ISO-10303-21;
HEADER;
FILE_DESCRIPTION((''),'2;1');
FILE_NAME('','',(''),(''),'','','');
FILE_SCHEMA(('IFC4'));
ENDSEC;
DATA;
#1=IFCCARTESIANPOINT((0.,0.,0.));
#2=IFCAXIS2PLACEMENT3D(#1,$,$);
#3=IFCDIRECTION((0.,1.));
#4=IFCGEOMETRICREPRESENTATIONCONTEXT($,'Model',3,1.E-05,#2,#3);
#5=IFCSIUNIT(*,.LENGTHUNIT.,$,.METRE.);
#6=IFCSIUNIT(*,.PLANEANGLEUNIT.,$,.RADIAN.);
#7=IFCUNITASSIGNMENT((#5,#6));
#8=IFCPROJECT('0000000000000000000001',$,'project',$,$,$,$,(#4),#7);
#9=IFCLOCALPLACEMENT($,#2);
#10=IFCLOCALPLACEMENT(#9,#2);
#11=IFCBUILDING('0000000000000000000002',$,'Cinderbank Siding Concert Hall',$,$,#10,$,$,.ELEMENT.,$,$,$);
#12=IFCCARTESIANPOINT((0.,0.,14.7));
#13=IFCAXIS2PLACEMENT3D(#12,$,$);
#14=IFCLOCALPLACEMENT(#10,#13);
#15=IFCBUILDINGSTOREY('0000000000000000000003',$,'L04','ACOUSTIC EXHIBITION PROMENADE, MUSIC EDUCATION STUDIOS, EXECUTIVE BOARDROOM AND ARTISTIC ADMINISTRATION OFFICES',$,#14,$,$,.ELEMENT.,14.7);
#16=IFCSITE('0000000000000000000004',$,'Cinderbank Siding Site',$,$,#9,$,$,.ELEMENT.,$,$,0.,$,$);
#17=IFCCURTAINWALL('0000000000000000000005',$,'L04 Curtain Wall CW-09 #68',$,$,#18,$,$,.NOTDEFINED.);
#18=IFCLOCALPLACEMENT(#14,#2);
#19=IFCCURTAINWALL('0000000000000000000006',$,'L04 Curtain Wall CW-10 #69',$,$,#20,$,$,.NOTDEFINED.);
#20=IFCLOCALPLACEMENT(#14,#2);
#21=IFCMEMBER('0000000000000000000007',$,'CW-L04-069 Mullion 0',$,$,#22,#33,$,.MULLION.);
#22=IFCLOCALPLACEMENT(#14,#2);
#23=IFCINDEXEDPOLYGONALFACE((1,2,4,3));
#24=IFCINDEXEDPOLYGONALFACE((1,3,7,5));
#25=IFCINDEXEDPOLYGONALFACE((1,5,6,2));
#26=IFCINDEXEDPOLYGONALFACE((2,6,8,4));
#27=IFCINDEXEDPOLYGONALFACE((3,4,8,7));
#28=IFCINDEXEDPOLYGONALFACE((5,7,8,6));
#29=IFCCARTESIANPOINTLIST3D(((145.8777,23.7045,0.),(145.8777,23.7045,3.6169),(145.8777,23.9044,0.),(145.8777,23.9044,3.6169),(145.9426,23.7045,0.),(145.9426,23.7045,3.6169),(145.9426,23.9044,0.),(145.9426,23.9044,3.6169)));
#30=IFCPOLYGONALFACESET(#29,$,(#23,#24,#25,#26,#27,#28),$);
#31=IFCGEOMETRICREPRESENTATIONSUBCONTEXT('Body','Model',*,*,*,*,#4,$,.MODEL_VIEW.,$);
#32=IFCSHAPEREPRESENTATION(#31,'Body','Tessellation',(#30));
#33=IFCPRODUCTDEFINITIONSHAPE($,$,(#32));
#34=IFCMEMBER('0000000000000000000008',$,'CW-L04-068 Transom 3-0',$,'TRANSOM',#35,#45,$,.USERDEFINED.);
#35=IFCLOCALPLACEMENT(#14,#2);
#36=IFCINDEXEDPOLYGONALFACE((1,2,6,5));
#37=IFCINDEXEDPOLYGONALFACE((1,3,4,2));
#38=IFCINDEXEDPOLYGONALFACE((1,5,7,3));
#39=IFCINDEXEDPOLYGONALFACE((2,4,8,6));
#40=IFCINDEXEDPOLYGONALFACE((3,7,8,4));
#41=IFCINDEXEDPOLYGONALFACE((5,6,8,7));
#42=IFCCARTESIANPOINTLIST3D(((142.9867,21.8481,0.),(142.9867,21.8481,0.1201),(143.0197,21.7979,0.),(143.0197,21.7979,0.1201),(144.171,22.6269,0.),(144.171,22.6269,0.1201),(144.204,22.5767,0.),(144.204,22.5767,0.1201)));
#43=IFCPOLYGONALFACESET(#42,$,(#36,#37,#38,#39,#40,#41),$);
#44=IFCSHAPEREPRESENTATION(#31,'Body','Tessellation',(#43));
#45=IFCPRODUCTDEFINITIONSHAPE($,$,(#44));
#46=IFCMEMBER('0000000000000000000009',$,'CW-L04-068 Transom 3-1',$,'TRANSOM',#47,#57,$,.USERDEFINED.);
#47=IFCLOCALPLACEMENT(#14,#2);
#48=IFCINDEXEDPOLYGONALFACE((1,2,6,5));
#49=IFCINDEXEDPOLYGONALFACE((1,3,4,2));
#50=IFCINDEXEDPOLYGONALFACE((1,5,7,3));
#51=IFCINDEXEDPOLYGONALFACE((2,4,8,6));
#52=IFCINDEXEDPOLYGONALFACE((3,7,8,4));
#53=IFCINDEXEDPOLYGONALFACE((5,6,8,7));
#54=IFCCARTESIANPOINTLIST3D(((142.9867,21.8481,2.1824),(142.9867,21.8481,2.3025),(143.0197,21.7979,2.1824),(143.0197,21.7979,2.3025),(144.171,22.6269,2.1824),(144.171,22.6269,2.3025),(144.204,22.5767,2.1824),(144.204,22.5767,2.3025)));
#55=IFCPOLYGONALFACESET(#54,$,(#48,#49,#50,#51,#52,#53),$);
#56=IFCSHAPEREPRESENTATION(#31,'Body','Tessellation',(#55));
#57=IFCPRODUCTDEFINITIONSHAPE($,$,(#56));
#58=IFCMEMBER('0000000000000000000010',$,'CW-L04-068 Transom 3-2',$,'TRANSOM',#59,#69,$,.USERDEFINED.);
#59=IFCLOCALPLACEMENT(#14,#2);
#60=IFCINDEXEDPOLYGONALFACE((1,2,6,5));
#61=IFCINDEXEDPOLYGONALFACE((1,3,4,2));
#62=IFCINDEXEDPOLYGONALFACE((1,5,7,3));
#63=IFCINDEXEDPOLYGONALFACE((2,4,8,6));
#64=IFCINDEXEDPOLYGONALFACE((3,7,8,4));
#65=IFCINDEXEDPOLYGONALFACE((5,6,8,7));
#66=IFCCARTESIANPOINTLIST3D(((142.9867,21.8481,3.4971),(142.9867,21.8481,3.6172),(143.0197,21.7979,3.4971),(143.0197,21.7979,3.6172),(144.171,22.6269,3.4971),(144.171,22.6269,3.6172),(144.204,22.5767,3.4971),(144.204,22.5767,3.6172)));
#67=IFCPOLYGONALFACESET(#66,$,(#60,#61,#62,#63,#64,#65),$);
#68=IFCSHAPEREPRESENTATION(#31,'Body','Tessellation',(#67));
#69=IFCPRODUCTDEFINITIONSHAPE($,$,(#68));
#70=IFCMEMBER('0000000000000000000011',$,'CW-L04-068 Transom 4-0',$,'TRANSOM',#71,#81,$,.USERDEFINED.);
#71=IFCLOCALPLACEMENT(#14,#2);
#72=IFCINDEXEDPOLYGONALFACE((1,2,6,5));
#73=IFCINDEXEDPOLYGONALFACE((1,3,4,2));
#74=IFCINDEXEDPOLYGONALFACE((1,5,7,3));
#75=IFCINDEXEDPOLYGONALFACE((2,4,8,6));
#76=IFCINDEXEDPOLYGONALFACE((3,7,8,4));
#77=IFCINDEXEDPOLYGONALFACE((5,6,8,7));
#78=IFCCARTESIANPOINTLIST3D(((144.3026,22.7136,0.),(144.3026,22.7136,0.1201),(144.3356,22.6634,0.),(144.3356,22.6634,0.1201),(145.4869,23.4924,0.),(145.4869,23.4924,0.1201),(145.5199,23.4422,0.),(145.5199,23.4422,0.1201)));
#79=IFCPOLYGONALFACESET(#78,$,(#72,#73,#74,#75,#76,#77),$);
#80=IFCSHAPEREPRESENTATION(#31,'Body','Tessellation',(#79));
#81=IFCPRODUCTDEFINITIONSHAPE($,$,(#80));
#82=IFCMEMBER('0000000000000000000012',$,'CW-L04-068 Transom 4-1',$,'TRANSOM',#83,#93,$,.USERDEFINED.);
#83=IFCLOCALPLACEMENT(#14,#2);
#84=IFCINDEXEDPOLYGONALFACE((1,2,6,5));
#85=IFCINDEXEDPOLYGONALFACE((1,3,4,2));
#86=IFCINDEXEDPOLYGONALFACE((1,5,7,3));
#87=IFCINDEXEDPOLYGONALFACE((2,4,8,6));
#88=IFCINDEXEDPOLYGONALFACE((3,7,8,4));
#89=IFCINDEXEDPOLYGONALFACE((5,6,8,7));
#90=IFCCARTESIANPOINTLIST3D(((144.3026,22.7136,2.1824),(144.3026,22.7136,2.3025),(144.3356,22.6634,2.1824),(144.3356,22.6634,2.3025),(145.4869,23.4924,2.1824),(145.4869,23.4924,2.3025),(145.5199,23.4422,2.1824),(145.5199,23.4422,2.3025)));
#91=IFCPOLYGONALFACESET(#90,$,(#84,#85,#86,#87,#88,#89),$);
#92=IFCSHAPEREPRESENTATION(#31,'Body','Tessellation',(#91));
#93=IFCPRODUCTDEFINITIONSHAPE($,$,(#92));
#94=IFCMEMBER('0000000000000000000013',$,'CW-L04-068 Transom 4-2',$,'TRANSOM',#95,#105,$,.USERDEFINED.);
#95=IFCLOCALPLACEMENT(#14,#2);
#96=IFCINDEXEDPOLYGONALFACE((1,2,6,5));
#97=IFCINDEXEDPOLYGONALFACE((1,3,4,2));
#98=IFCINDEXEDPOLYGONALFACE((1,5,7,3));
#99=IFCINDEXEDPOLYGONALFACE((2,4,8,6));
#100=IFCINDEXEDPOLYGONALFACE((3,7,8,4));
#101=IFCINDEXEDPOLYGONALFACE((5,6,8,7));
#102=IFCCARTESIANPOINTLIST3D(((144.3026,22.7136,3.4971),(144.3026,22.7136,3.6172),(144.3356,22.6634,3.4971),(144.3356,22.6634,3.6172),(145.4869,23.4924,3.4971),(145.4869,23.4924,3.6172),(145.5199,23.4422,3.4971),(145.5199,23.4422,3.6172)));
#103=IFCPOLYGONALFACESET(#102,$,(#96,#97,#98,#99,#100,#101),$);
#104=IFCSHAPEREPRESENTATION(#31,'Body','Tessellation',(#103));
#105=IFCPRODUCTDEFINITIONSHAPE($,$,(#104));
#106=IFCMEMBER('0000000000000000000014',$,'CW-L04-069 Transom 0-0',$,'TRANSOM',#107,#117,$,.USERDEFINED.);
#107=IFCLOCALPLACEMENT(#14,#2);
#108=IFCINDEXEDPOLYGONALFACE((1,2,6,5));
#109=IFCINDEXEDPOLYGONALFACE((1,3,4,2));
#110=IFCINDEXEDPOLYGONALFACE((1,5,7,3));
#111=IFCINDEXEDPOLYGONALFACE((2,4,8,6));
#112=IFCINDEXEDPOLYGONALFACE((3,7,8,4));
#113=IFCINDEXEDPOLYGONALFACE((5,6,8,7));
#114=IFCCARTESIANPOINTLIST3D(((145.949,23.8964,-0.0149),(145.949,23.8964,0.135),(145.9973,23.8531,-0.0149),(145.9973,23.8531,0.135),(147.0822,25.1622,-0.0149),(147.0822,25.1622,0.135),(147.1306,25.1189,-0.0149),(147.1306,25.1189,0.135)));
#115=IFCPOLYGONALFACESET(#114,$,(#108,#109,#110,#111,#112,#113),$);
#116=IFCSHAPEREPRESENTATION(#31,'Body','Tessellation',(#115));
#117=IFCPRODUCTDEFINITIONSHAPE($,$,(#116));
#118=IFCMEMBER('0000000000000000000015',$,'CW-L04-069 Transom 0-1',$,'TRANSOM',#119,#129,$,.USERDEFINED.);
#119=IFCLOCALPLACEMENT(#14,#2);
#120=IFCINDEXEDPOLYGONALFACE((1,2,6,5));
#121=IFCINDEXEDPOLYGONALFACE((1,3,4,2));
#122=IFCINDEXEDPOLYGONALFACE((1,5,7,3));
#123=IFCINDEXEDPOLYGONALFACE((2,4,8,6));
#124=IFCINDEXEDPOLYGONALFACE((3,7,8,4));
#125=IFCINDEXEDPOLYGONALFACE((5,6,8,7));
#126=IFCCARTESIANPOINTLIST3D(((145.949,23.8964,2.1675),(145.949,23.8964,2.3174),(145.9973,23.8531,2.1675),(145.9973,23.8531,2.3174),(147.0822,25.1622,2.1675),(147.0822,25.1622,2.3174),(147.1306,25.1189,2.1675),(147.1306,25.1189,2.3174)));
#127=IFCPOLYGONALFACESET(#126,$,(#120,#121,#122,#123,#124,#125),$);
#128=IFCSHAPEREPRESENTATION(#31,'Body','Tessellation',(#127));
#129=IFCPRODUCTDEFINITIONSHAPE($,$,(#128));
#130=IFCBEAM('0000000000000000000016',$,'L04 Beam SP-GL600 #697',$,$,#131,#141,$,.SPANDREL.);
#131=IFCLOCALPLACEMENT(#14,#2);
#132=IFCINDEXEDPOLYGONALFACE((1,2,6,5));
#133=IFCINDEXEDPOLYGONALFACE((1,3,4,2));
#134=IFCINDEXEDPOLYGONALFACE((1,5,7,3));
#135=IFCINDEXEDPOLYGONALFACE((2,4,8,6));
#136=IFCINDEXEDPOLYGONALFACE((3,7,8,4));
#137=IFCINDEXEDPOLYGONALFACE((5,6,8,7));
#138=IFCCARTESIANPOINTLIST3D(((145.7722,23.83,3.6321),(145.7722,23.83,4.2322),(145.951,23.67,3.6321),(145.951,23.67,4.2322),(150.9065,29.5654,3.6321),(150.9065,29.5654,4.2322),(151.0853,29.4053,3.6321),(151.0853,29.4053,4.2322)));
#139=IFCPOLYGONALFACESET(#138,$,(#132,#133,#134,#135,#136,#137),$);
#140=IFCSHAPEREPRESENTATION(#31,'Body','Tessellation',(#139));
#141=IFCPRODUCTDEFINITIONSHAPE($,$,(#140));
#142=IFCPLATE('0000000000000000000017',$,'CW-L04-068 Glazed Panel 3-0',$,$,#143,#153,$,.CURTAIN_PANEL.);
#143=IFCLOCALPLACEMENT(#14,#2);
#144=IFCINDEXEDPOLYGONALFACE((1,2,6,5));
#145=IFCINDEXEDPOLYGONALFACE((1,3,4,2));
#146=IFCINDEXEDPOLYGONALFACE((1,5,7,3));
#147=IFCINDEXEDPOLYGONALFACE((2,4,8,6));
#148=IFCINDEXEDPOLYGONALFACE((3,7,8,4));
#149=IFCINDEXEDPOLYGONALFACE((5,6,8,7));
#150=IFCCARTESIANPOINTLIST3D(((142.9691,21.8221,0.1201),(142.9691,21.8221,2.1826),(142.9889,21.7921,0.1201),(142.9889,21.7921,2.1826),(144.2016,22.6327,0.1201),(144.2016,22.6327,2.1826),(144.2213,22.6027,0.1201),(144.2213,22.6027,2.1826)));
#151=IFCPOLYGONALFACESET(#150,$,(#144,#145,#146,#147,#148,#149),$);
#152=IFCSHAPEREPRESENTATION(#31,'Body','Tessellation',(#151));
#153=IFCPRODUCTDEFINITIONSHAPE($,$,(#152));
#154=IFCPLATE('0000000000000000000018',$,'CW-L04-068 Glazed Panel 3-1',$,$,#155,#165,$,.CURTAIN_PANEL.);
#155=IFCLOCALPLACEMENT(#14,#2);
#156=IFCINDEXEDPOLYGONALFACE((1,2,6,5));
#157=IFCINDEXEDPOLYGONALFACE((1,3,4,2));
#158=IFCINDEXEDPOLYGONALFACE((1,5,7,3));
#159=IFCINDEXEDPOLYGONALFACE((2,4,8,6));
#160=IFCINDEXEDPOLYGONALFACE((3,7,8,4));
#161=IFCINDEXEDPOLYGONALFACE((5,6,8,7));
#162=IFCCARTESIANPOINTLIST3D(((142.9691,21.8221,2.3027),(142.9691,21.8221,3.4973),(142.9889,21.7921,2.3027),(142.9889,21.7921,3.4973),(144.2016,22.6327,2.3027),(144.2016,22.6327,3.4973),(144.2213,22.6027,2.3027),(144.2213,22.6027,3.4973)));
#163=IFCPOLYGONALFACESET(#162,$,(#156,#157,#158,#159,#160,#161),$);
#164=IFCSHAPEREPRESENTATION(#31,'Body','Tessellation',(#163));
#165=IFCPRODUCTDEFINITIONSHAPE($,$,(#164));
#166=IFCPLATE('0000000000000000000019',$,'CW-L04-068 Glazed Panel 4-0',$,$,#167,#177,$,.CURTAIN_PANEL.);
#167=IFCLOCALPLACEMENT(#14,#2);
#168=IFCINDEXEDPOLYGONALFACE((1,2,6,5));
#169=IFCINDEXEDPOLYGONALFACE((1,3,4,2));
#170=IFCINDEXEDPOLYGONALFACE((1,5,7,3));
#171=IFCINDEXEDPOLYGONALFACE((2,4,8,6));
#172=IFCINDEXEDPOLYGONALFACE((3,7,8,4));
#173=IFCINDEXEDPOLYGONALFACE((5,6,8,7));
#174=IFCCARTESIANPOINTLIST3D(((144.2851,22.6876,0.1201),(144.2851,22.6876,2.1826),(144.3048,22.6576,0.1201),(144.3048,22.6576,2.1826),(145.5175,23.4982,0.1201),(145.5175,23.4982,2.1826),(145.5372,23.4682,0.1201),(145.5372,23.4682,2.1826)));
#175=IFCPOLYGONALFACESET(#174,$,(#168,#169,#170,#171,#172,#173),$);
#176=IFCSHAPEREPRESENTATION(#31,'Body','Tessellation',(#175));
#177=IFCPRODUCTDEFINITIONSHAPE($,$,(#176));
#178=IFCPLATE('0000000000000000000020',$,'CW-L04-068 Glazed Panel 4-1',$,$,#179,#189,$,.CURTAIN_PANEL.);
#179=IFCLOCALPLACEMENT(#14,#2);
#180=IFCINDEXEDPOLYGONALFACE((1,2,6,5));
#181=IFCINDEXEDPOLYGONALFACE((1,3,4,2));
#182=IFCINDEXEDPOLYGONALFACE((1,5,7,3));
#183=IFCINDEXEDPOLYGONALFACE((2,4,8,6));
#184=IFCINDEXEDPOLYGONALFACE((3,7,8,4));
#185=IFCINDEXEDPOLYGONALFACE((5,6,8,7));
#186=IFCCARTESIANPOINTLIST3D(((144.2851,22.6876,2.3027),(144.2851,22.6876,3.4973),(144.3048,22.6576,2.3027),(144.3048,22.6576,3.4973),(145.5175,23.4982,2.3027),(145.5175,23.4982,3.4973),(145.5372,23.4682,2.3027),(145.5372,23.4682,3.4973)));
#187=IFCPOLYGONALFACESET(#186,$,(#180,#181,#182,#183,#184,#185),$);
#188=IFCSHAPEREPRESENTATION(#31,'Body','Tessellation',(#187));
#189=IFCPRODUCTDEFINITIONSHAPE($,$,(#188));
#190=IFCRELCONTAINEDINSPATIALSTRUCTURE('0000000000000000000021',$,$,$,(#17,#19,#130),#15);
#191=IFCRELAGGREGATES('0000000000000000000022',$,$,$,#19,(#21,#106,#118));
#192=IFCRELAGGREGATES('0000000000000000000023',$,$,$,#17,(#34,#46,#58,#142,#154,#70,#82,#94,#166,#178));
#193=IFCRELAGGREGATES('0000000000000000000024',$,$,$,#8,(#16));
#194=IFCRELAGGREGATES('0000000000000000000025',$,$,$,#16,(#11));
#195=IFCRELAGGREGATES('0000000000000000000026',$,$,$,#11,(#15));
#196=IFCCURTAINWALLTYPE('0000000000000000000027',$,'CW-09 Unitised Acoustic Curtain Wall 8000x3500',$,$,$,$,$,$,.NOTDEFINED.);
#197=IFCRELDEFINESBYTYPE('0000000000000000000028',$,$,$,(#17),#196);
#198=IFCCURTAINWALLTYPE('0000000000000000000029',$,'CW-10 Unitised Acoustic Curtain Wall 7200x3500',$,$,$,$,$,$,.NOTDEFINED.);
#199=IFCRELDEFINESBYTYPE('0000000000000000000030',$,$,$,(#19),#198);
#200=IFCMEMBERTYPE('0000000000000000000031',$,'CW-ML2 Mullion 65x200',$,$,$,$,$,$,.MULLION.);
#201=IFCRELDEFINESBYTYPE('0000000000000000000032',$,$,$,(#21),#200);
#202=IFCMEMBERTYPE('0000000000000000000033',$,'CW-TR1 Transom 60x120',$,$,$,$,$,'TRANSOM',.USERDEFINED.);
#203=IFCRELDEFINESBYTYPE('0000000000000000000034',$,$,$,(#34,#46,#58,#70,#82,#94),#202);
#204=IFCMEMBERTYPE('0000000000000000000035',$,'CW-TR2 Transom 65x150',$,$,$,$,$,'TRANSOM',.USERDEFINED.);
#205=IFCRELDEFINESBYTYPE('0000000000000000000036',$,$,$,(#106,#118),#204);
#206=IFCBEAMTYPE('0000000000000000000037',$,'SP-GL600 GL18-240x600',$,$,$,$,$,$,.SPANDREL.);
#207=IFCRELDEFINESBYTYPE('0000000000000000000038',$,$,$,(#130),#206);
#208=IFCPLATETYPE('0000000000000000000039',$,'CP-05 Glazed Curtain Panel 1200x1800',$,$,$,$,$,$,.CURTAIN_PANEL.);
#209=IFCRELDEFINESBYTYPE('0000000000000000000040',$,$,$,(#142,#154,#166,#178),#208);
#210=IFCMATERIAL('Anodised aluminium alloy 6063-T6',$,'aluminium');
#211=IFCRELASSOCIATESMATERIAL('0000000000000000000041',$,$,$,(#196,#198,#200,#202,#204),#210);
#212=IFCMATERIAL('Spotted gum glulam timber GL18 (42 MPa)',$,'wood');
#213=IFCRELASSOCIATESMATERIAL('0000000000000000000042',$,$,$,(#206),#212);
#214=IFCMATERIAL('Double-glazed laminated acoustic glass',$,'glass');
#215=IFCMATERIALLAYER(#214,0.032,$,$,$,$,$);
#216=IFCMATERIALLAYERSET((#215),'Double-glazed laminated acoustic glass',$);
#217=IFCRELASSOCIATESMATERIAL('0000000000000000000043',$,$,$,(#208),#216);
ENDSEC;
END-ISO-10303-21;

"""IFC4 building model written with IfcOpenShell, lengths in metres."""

from ifc_helpers import new_model, si_unit, direction, frame, origin, origin_2d, place, context, subcontext, project, spatial, rectangle, extrude, material, layer, layer_set, material_profile, profile_set, type_object, element, aggregate, save


model = new_model("IFC4")

# Units and contexts
model_context = context("Model", 3, precision=1e-05, world=origin(), true_north=direction((0.0, 1.0)))
body_context = subcontext(model_context, "Body", "Model", "MODEL_VIEW")
ifc_project = project(units=[si_unit("LENGTHUNIT", "METRE"), si_unit("PLANEANGLEUNIT", "RADIAN")], contexts=[model_context])

# Site, building, storey
site_placement = place(None, origin())
site = spatial("IfcSite", under=ifc_project, at=site_placement, Name="Cinderbank Siding Site", CompositionType="ELEMENT", RefElevation=0.0)
building_placement = place(site_placement, origin())
building = spatial("IfcBuilding", under=site, at=building_placement, Name="Cinderbank Siding Concert Hall", CompositionType="ELEMENT")
storey_placement = place(building_placement, frame((0.0, 0.0, 14.7)))
storey = spatial("IfcBuildingStorey", under=building, at=storey_placement, Name="L04", Description="ACOUSTIC EXHIBITION PROMENADE, MUSIC EDUCATION STUDIOS, EXECUTIVE BOARDROOM AND ARTISTIC ADMINISTRATION OFFICES", CompositionType="ELEMENT", Elevation=14.7)

# Curtain wall
ifc_material_1 = material(Name="Anodised aluminium alloy 6063-T6", Category="aluminium")
curtain_wall_type_1 = type_object("IfcCurtainWallType", Name="CW-09 Unitised Acoustic Curtain Wall 8000x3500", PredefinedType="NOTDEFINED", material=ifc_material_1)
curtain_wall_1_placement = place(storey_placement, origin())
curtain_wall_1 = element("IfcCurtainWall", 1, at=curtain_wall_1_placement, inside=storey, type_object=curtain_wall_type_1, Name="L04 Curtain Wall CW-09 #68", PredefinedType="NOTDEFINED")

# Curtain wall, member
curtain_wall_type_2 = type_object("IfcCurtainWallType", Name="CW-10 Unitised Acoustic Curtain Wall 7200x3500", PredefinedType="NOTDEFINED", material=ifc_material_1)
curtain_wall_2_placement = place(storey_placement, origin())
curtain_wall_2 = element("IfcCurtainWall", 2, at=curtain_wall_2_placement, inside=storey, type_object=curtain_wall_type_2, Name="L04 Curtain Wall CW-10 #69", PredefinedType="NOTDEFINED")
ifc_material_profile_1 = material_profile(ifc_material_1, rectangle(XDim=0.0649, YDim=0.2, at=origin_2d()), Name="ALU-MULL-65x200", Category="LoadBearing")
ifc_profile_set_1 = profile_set([ifc_material_profile_1], Name="Anodised aluminium alloy 6063-T6")
member_type_1 = type_object("IfcMemberType", Name="CW-ML2 Mullion 65x200", PredefinedType="MULLION", material=ifc_profile_set_1)
member_1_placement = place(storey_placement, frame((145.9102, 23.8044, 0.0), z_axis=(0.0, 0.0, 1.0), x_axis=(1.0, 0.0, 0.0)))
member_1 = element("IfcMember", 3, at=member_1_placement, type_object=member_type_1, Name="CW-L04-069 Mullion 0", PredefinedType="MULLION", context=body_context, shape_type="SweptSolid", body=[
    extrude(rectangle(XDim=0.0649, YDim=0.2, at=origin_2d()), origin(), (0.0, 0.0, 1.0), 3.6169),
])

# Members
ifc_material_profile_2 = material_profile(ifc_material_1, rectangle(XDim=0.0601, YDim=0.1201, at=origin_2d()), Name="ALU-TRAN-60x120", Category="LoadBearing")
ifc_profile_set_2 = profile_set([ifc_material_profile_2], Name="Anodised aluminium alloy 6063-T6")
member_type_2 = type_object("IfcMemberType", Name="CW-TR1 Transom 60x120", ElementType="TRANSOM", PredefinedType="USERDEFINED", material=ifc_profile_set_2)
member_2_placement = place(storey_placement, frame((143.0032, 21.823, 0.0601), z_axis=(0.835532, 0.549443, 0.0), x_axis=(-0.549443, 0.835532, 0.0)))
member_2 = element("IfcMember", 4, at=member_2_placement, type_object=member_type_2, Name="CW-L04-068 Transom 3-0", ObjectType="TRANSOM", PredefinedType="USERDEFINED", context=body_context, shape_type="SweptSolid", body=[
    extrude(rectangle(XDim=0.0601, YDim=0.1201, at=origin_2d()), origin(), (0.0, 0.0, 1.0), 1.4175),
])
member_3_placement = place(storey_placement, frame((143.0032, 21.823, 2.2424), z_axis=(0.835532, 0.549443, 0.0), x_axis=(-0.549443, 0.835532, 0.0)))
member_3 = element("IfcMember", 5, at=member_3_placement, type_object=member_type_2, Name="CW-L04-068 Transom 3-1", ObjectType="TRANSOM", PredefinedType="USERDEFINED", context=body_context, shape_type="SweptSolid", body=[
    extrude(rectangle(XDim=0.0601, YDim=0.1201, at=origin_2d()), origin(), (0.0, 0.0, 1.0), 1.4175),
])
member_4_placement = place(storey_placement, frame((143.0032, 21.823, 3.5571), z_axis=(0.835532, 0.549443, 0.0), x_axis=(-0.549443, 0.835532, 0.0)))
member_4 = element("IfcMember", 6, at=member_4_placement, type_object=member_type_2, Name="CW-L04-068 Transom 3-2", ObjectType="TRANSOM", PredefinedType="USERDEFINED", context=body_context, shape_type="SweptSolid", body=[
    extrude(rectangle(XDim=0.0601, YDim=0.1201, at=origin_2d()), origin(), (0.0, 0.0, 1.0), 1.4175),
])
member_5_placement = place(storey_placement, frame((144.3191, 22.6885, 0.0601), z_axis=(0.835532, 0.549443, 0.0), x_axis=(-0.549443, 0.835532, 0.0)))
member_5 = element("IfcMember", 7, at=member_5_placement, type_object=member_type_2, Name="CW-L04-068 Transom 4-0", ObjectType="TRANSOM", PredefinedType="USERDEFINED", context=body_context, shape_type="SweptSolid", body=[
    extrude(rectangle(XDim=0.0601, YDim=0.1201, at=origin_2d()), origin(), (0.0, 0.0, 1.0), 1.4175),
])
member_6_placement = place(storey_placement, frame((144.3191, 22.6885, 2.2424), z_axis=(0.835532, 0.549443, 0.0), x_axis=(-0.549443, 0.835532, 0.0)))
member_6 = element("IfcMember", 8, at=member_6_placement, type_object=member_type_2, Name="CW-L04-068 Transom 4-1", ObjectType="TRANSOM", PredefinedType="USERDEFINED", context=body_context, shape_type="SweptSolid", body=[
    extrude(rectangle(XDim=0.0601, YDim=0.1201, at=origin_2d()), origin(), (0.0, 0.0, 1.0), 1.4175),
])
member_7_placement = place(storey_placement, frame((144.3191, 22.6885, 3.5571), z_axis=(0.835532, 0.549443, 0.0), x_axis=(-0.549443, 0.835532, 0.0)))
member_7 = element("IfcMember", 9, at=member_7_placement, type_object=member_type_2, Name="CW-L04-068 Transom 4-2", ObjectType="TRANSOM", PredefinedType="USERDEFINED", context=body_context, shape_type="SweptSolid", body=[
    extrude(rectangle(XDim=0.0601, YDim=0.1201, at=origin_2d()), origin(), (0.0, 0.0, 1.0), 1.4175),
])
ifc_material_profile_3 = material_profile(ifc_material_1, rectangle(XDim=0.0649, YDim=0.1499, at=origin_2d()), Name="ALU-TRAN-65x150", Category="LoadBearing")
ifc_profile_set_3 = profile_set([ifc_material_profile_3], Name="Anodised aluminium alloy 6063-T6")
member_type_3 = type_object("IfcMemberType", Name="CW-TR2 Transom 65x150", ElementType="TRANSOM", PredefinedType="USERDEFINED", material=ifc_profile_set_3)
member_8_placement = place(storey_placement, frame((145.9731, 23.8748, 0.0601), z_axis=(0.667017, 0.745042, 0.0), x_axis=(-0.745042, 0.667017, 0.0)))
member_8 = element("IfcMember", 10, at=member_8_placement, type_object=member_type_3, Name="CW-L04-069 Transom 0-0", ObjectType="TRANSOM", PredefinedType="USERDEFINED", context=body_context, shape_type="SweptSolid", body=[
    extrude(rectangle(XDim=0.0649, YDim=0.1499, at=origin_2d()), origin(), (0.0, 0.0, 1.0), 1.699),
])
member_9_placement = place(storey_placement, frame((145.9731, 23.8748, 2.2424), z_axis=(0.667017, 0.745042, 0.0), x_axis=(-0.745042, 0.667017, 0.0)))
member_9 = element("IfcMember", 11, at=member_9_placement, type_object=member_type_3, Name="CW-L04-069 Transom 0-1", ObjectType="TRANSOM", PredefinedType="USERDEFINED", context=body_context, shape_type="SweptSolid", body=[
    extrude(rectangle(XDim=0.0649, YDim=0.1499, at=origin_2d()), origin(), (0.0, 0.0, 1.0), 1.699),
])
aggregate(curtain_wall_2, [member_1, member_8, member_9])

# Beam
ifc_material_2 = material(Name="Spotted gum glulam timber GL18 (42 MPa)", Category="wood")
ifc_material_profile_4 = material_profile(ifc_material_2, rectangle(XDim=0.24, YDim=0.6001, at=origin_2d()), Name="GL18-240x600", Category="LoadBearing")
ifc_profile_set_4 = profile_set([ifc_material_profile_4], Name="Spotted gum glulam timber GL18 (42 MPa)")
beam_type_1 = type_object("IfcBeamType", Name="SP-GL600 GL18-240x600", PredefinedType="SPANDREL", material=ifc_profile_set_4)
beam_1_placement = place(storey_placement, frame((145.8616, 23.75, 3.9321), z_axis=(0.666986, 0.74507, 0.0), x_axis=(-0.74507, 0.666986, 0.0)))
element("IfcBeam", 12, at=beam_1_placement, inside=storey, type_object=beam_type_1, Name="L04 Beam SP-GL600 #697", PredefinedType="SPANDREL", context=body_context, shape_type="SweptSolid", body=[
    extrude(rectangle(XDim=0.24, YDim=0.6001, at=origin_2d()), origin(), (0.0, 0.0, 1.0), 7.6978),
])

# Plates
ifc_material_3 = material(Name="Double-glazed laminated acoustic glass", Category="glass")
ifc_layer_1 = layer(ifc_material_3, 0.032)
ifc_layer_set_1 = layer_set([ifc_layer_1], Name="Double-glazed laminated acoustic glass")
plate_type_1 = type_object("IfcPlateType", Name="CP-05 Glazed Curtain Panel 1200x1800", PredefinedType="CURTAIN_PANEL", material=ifc_layer_set_1)
plate_1_placement = place(storey_placement, frame((143.5952, 22.2124, 0.1201), z_axis=(0.0, 0.0, 1.0), x_axis=(0.835492, 0.549503, 0.0)))
plate_1 = element("IfcPlate", 13, at=plate_1_placement, type_object=plate_type_1, Name="CW-L04-068 Glazed Panel 3-0", PredefinedType="CURTAIN_PANEL", context=body_context, shape_type="SweptSolid", body=[
    extrude(rectangle(XDim=1.4751, YDim=0.0359, at=origin_2d()), origin(), (0.0, 0.0, 1.0), 2.0625),
])
plate_2_placement = place(storey_placement, frame((143.5952, 22.2124, 2.3027), z_axis=(0.0, 0.0, 1.0), x_axis=(0.835492, 0.549503, 0.0)))
plate_2 = element("IfcPlate", 14, at=plate_2_placement, type_object=plate_type_1, Name="CW-L04-068 Glazed Panel 3-1", PredefinedType="CURTAIN_PANEL", context=body_context, shape_type="SweptSolid", body=[
    extrude(rectangle(XDim=1.4751, YDim=0.0359, at=origin_2d()), origin(), (0.0, 0.0, 1.0), 1.1946),
])
plate_3_placement = place(storey_placement, frame((144.9111, 23.0779, 0.1201), z_axis=(0.0, 0.0, 1.0), x_axis=(0.835492, 0.549503, 0.0)))
plate_3 = element("IfcPlate", 15, at=plate_3_placement, type_object=plate_type_1, Name="CW-L04-068 Glazed Panel 4-0", PredefinedType="CURTAIN_PANEL", context=body_context, shape_type="SweptSolid", body=[
    extrude(rectangle(XDim=1.4751, YDim=0.0359, at=origin_2d()), origin(), (0.0, 0.0, 1.0), 2.0625),
])
plate_4_placement = place(storey_placement, frame((144.9111, 23.0779, 2.3027), z_axis=(0.0, 0.0, 1.0), x_axis=(0.835492, 0.549503, 0.0)))
plate_4 = element("IfcPlate", 16, at=plate_4_placement, type_object=plate_type_1, Name="CW-L04-068 Glazed Panel 4-1", PredefinedType="CURTAIN_PANEL", context=body_context, shape_type="SweptSolid", body=[
    extrude(rectangle(XDim=1.4751, YDim=0.0359, at=origin_2d()), origin(), (0.0, 0.0, 1.0), 1.1946),
])
aggregate(curtain_wall_1, [member_2, member_3, member_4, plate_1, plate_2, member_5, member_6, member_7, plate_3, plate_4])

save(model, "model.ifc")
